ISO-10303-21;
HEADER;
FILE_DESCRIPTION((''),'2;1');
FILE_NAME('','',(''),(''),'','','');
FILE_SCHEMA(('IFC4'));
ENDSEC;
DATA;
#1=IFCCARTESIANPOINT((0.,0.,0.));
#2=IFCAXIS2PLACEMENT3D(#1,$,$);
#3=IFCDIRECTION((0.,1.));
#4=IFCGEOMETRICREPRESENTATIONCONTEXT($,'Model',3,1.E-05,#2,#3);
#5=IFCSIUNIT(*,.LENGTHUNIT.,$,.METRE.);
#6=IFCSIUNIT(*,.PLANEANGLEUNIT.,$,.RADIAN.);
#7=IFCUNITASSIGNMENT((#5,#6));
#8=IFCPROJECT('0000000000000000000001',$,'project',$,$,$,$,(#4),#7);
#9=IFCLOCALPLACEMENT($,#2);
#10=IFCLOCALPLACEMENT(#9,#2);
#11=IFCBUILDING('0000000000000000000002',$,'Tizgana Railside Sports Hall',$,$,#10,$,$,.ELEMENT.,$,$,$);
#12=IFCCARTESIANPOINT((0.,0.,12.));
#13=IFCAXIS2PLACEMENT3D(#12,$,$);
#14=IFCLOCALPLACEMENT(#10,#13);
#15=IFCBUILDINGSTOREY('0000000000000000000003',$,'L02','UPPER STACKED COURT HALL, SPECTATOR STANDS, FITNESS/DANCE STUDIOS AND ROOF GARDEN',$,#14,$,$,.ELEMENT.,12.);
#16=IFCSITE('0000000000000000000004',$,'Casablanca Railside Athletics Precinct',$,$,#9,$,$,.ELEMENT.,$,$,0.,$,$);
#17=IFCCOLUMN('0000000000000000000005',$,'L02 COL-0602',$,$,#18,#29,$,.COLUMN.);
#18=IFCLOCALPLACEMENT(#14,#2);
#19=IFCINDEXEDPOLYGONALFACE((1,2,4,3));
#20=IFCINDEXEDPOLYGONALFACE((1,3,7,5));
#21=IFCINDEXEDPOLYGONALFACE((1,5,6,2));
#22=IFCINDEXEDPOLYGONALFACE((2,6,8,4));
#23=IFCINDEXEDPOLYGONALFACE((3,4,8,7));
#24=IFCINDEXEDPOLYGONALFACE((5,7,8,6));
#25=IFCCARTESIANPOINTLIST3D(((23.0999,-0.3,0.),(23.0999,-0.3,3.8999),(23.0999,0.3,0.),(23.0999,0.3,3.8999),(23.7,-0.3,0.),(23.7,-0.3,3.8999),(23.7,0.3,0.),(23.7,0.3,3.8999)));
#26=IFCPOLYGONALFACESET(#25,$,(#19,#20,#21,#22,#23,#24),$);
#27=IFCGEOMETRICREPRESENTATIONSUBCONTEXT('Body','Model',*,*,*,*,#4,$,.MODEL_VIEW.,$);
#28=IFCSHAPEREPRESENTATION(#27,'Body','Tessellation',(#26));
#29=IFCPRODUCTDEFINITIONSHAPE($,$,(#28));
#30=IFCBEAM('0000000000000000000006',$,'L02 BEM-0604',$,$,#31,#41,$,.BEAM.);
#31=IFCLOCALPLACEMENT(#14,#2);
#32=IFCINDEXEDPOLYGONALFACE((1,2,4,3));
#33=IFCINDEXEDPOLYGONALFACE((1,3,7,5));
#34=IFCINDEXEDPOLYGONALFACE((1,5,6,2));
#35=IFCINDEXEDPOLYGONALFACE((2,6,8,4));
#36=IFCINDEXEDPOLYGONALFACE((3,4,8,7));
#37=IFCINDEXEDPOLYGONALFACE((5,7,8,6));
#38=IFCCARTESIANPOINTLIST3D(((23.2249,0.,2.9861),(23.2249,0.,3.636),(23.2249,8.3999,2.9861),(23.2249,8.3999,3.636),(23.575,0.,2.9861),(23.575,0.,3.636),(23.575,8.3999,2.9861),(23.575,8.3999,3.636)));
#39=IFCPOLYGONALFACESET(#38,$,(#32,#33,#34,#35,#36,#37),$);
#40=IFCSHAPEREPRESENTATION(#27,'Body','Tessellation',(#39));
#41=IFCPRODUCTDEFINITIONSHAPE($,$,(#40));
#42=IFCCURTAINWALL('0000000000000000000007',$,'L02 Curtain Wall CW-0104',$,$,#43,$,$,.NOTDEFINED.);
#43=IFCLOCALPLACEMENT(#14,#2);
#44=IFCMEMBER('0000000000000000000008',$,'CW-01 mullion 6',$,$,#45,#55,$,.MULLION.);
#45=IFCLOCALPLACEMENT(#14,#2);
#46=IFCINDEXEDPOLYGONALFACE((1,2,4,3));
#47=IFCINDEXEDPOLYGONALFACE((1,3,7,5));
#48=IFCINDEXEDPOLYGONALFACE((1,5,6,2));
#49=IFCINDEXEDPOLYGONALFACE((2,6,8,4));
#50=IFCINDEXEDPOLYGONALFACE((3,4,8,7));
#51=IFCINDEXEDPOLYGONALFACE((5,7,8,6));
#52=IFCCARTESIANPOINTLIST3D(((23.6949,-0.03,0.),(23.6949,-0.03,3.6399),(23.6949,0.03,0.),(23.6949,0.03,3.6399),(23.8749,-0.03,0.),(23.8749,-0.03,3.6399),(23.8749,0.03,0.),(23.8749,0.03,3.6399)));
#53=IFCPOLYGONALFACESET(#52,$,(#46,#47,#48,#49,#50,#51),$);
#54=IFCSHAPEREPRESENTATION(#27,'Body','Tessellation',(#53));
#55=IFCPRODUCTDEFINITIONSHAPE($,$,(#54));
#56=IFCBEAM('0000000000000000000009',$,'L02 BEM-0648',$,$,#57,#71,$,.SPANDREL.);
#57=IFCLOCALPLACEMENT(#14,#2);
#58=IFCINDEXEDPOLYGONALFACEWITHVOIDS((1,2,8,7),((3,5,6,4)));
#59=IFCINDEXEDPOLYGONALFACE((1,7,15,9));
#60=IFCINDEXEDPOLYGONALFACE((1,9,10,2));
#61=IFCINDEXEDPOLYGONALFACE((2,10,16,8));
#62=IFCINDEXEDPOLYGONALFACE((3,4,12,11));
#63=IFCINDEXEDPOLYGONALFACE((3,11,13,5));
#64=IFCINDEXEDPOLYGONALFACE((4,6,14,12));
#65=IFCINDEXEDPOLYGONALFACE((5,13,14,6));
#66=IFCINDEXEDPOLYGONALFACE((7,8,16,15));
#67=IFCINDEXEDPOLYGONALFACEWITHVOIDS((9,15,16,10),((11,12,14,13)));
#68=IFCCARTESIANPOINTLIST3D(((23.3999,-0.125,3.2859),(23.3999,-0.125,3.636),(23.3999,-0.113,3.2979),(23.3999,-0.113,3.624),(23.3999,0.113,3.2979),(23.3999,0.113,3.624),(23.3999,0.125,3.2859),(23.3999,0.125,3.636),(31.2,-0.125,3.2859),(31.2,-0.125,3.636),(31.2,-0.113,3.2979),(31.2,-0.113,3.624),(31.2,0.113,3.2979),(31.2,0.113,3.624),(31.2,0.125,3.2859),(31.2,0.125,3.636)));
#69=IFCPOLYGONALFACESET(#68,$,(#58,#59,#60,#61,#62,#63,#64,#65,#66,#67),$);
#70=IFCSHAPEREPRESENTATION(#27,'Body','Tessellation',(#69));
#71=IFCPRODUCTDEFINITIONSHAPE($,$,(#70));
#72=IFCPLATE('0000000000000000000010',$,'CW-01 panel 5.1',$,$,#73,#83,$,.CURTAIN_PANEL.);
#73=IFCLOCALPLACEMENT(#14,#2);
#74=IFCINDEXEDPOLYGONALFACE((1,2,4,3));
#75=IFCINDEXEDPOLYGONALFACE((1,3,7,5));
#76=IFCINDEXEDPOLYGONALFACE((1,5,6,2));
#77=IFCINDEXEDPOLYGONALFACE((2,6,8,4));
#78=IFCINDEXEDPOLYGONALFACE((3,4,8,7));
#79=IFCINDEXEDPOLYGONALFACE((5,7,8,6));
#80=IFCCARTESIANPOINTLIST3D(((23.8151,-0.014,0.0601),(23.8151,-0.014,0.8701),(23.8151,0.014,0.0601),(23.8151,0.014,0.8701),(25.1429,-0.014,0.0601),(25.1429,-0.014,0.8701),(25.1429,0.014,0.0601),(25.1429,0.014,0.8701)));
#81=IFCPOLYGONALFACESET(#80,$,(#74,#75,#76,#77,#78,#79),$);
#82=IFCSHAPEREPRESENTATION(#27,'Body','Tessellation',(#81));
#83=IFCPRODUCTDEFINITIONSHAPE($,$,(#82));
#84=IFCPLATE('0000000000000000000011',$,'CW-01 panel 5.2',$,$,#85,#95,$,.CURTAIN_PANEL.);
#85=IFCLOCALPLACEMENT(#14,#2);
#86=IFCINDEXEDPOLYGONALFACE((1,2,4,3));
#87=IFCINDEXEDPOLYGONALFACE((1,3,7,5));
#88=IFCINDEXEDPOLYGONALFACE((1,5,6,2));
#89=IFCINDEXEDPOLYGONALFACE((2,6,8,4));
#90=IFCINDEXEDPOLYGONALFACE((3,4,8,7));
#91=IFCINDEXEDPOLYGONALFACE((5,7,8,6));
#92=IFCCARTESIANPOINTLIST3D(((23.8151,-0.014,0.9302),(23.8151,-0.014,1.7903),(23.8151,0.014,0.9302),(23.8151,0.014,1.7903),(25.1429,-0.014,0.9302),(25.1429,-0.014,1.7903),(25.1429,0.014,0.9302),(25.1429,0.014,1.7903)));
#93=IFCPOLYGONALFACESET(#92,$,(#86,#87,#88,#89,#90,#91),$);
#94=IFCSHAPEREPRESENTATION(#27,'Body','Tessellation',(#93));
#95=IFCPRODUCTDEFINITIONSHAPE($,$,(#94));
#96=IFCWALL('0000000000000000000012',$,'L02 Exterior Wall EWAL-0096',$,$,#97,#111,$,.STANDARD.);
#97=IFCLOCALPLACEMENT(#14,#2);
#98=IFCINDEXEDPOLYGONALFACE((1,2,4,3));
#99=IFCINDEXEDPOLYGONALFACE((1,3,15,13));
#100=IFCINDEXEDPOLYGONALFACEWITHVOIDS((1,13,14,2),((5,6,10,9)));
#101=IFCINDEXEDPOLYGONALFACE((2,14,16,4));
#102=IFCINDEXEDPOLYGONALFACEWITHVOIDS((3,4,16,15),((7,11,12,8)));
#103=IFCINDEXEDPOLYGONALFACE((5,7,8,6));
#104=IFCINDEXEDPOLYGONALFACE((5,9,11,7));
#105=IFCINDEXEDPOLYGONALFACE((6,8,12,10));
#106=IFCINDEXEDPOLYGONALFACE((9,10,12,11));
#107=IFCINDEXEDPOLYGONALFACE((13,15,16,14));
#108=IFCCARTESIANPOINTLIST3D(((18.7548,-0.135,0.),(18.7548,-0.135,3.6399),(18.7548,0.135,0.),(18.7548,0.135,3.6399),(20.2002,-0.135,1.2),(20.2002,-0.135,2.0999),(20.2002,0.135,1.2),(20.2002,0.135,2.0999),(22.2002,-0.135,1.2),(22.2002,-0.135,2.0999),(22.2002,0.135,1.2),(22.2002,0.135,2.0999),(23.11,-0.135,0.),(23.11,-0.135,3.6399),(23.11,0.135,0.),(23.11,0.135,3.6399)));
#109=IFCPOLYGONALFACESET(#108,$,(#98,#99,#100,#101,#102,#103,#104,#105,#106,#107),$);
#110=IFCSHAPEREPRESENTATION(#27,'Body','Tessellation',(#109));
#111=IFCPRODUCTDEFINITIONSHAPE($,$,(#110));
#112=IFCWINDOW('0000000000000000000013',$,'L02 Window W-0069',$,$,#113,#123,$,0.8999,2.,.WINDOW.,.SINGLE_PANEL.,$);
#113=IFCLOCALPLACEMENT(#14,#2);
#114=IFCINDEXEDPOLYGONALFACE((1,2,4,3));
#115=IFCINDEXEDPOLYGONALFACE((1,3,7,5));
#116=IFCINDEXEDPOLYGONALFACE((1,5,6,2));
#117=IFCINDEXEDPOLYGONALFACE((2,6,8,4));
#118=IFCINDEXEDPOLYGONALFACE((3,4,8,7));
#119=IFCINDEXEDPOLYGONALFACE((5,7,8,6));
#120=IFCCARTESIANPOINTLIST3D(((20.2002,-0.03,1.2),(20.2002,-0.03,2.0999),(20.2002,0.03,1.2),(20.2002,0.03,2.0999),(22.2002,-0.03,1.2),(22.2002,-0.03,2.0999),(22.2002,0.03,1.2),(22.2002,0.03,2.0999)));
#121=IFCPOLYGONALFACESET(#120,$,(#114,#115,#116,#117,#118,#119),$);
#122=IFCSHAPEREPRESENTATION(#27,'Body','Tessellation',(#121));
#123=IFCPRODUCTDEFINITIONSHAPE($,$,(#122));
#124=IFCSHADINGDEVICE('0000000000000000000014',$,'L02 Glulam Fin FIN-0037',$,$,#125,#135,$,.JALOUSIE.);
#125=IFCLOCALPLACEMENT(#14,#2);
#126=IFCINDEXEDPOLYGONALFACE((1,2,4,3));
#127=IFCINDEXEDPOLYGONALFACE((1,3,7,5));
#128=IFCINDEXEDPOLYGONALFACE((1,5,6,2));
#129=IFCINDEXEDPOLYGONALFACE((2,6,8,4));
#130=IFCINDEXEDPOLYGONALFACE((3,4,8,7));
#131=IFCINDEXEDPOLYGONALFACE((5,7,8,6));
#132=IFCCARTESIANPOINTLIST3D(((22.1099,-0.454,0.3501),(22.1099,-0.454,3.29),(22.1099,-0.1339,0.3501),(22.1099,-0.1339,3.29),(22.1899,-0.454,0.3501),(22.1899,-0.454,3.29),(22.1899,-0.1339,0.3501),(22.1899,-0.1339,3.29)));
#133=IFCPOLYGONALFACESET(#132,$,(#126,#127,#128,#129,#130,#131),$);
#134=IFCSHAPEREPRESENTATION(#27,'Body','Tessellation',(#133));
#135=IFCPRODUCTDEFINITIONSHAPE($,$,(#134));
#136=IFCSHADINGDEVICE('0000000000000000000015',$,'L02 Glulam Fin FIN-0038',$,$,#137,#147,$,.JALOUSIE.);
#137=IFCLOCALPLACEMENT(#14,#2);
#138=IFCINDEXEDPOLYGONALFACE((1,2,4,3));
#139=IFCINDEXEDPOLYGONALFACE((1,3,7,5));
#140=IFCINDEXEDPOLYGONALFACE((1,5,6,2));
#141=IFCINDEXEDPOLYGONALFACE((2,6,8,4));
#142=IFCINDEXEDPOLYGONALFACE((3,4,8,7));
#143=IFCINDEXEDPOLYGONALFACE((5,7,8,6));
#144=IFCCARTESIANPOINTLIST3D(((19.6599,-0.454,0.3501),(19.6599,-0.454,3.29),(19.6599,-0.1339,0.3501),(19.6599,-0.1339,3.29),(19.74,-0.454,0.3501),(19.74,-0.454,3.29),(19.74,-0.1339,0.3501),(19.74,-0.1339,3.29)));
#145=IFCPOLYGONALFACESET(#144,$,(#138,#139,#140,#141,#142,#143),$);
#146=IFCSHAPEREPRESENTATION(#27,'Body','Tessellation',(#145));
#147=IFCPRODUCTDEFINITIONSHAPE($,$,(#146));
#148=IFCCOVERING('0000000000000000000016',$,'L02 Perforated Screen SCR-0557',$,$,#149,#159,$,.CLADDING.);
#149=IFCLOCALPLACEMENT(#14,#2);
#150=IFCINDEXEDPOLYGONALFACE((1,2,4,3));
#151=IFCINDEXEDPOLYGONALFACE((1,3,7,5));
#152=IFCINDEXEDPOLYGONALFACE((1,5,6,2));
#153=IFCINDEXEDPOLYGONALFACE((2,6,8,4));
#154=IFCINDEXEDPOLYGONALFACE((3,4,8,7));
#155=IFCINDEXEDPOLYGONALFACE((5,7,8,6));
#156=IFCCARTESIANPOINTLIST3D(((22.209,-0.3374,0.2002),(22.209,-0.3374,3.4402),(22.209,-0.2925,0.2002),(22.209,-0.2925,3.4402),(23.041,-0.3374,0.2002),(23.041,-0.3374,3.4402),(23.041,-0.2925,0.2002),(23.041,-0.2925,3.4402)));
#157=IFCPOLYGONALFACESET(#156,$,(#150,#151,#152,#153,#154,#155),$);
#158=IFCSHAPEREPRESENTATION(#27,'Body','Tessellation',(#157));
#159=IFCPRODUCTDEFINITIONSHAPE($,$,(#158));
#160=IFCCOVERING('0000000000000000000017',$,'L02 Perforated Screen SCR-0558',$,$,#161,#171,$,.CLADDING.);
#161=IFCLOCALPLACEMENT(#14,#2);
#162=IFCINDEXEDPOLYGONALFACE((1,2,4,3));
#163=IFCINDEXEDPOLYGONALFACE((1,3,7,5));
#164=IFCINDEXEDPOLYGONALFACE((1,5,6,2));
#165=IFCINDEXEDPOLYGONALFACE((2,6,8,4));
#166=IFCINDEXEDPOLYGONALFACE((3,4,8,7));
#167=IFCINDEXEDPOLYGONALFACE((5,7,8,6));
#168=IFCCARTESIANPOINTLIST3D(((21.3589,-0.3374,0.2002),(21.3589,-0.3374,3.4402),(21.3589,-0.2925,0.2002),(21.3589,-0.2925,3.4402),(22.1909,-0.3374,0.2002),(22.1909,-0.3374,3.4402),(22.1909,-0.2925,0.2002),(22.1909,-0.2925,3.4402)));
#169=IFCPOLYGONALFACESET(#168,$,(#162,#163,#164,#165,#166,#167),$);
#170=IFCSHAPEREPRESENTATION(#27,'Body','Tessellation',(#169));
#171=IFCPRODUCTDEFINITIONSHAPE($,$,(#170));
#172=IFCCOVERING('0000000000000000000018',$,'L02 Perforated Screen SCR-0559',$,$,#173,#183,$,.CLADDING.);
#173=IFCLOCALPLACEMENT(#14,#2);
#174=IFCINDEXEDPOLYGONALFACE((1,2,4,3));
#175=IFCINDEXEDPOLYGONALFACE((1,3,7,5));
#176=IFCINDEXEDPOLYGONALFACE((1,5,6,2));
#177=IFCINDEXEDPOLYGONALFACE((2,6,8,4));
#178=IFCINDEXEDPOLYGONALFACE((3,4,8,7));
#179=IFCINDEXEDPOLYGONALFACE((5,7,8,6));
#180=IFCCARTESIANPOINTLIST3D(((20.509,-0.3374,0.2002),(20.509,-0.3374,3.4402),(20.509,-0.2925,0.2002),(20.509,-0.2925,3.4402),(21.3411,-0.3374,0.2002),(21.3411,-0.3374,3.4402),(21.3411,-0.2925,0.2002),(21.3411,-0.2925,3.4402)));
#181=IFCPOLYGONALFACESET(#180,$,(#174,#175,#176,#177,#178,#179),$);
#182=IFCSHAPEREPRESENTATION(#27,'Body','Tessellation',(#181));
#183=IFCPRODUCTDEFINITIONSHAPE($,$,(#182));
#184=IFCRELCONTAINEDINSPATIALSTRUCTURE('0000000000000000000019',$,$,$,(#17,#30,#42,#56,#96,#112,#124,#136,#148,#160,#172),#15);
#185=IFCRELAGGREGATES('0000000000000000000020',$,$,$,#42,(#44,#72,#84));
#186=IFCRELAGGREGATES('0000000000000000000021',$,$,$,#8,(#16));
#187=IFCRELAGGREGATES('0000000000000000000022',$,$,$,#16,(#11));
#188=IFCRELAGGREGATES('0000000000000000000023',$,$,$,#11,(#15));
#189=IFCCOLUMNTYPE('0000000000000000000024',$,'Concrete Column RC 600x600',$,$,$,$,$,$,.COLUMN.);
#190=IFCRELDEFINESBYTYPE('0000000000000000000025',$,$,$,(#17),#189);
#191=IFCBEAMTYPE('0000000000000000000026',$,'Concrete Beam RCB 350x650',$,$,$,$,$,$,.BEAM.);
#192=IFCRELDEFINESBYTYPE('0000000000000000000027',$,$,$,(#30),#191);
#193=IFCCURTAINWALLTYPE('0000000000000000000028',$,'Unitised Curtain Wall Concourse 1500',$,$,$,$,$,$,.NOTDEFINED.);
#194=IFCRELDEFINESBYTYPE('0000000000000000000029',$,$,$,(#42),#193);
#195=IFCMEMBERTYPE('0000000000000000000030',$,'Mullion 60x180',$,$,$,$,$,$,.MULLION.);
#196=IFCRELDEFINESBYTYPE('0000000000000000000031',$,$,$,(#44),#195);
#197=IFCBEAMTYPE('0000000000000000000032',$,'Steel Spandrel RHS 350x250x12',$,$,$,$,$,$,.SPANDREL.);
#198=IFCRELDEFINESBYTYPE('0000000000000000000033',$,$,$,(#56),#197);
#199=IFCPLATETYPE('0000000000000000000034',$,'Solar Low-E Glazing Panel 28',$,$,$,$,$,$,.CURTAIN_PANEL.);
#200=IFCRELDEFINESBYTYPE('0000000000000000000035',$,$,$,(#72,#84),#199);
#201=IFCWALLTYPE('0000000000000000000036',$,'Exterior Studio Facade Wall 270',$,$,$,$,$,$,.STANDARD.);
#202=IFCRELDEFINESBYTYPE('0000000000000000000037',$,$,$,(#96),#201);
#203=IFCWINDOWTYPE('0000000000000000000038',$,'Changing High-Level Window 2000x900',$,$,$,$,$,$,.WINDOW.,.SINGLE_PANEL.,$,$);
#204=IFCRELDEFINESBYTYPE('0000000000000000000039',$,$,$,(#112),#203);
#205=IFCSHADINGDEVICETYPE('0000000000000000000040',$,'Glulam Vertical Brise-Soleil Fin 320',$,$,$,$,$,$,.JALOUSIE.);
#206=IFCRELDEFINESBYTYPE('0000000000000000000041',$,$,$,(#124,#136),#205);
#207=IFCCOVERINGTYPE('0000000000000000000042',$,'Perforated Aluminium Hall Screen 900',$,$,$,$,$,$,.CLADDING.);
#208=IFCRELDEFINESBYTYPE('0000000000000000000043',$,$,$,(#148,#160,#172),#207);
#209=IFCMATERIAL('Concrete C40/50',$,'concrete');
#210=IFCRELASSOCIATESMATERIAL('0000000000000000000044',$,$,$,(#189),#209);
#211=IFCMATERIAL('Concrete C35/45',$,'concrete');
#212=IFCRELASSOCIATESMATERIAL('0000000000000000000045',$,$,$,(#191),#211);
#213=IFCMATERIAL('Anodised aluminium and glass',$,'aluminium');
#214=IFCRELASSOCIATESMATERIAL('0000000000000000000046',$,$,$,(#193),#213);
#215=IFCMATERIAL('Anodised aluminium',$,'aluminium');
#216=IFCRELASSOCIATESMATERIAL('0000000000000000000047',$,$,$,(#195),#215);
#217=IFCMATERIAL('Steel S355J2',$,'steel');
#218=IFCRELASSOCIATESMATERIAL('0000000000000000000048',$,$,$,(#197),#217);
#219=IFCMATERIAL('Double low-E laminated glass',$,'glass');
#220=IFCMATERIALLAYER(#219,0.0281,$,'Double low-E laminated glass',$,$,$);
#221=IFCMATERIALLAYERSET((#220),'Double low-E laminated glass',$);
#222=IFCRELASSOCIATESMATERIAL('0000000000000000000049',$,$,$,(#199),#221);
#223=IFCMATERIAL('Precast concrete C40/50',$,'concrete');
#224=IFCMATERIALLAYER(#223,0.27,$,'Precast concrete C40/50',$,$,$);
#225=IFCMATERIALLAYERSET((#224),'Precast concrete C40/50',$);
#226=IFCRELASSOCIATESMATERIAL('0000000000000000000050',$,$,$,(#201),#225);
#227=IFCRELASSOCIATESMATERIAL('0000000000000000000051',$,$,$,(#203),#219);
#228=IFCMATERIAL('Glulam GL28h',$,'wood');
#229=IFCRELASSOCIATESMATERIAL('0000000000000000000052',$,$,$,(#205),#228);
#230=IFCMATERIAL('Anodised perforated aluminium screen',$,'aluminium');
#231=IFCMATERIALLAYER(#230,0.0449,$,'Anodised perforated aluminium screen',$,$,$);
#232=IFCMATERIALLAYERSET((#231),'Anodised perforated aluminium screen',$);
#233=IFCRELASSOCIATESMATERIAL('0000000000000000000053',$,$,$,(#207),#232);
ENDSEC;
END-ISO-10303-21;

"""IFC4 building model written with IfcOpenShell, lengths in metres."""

from ifc_helpers import new_model, si_unit, direction, frame, frame_2d, origin, origin_2d, place, context, subcontext, project, spatial, rectangle, hollow_rectangle, extrude, material, layer, layer_set, material_profile, profile_set, type_object, element, fill, aggregate, save


model = new_model("IFC4")

# Units and contexts
model_context = context("Model", 3, precision=1e-05, world=origin(), true_north=direction((0.0, 1.0)))
body_context = subcontext(model_context, "Body", "Model", "MODEL_VIEW")
ifc_project = project(units=[si_unit("LENGTHUNIT", "METRE"), si_unit("PLANEANGLEUNIT", "RADIAN")], contexts=[model_context])

# Site, building, storey
site_placement = place(None, origin())
site = spatial("IfcSite", under=ifc_project, at=site_placement, Name="Casablanca Railside Athletics Precinct", CompositionType="ELEMENT", RefElevation=0.0)
building_placement = place(site_placement, origin())
building = spatial("IfcBuilding", under=site, at=building_placement, Name="Tizgana Railside Sports Hall", CompositionType="ELEMENT")
storey_placement = place(building_placement, frame((0.0, 0.0, 12.0)))
storey = spatial("IfcBuildingStorey", under=building, at=storey_placement, Name="L02", Description="UPPER STACKED COURT HALL, SPECTATOR STANDS, FITNESS/DANCE STUDIOS AND ROOF GARDEN", CompositionType="ELEMENT", Elevation=12.0)

# Column
ifc_material_1 = material(Name="Concrete C40/50", Category="concrete")
ifc_material_profile_1 = material_profile(ifc_material_1, rectangle(XDim=0.6001, YDim=0.6001, at=origin_2d()), Name="RC 600x600")
ifc_profile_set_1 = profile_set([ifc_material_profile_1], Name="Concrete C40/50")
column_type = type_object("IfcColumnType", Name="Concrete Column RC 600x600", PredefinedType="COLUMN", material=ifc_profile_set_1)
column_placement = place(storey_placement, frame((23.3999, 0.0, 0.0), z_axis=(0.0, 0.0, 1.0), x_axis=(1.0, 0.0, 0.0)))
element("IfcColumn", 1, at=column_placement, inside=storey, type_object=column_type, Name="L02 COL-0602", PredefinedType="COLUMN", context=body_context, shape_type="SweptSolid", body=[
    extrude(rectangle(XDim=0.6001, YDim=0.6001, at=origin_2d()), origin(), (0.0, 0.0, 1.0), 3.8999),
])

# Beam
ifc_material_2 = material(Name="Concrete C35/45", Category="concrete")
ifc_material_profile_2 = material_profile(ifc_material_2, rectangle(XDim=0.3501, YDim=0.6499, at=origin_2d()), Name="RCB 350x650")
ifc_profile_set_2 = profile_set([ifc_material_profile_2], Name="Concrete C35/45")
beam_type_1 = type_object("IfcBeamType", Name="Concrete Beam RCB 350x650", PredefinedType="BEAM", material=ifc_profile_set_2)
beam_1_placement = place(storey_placement, frame((23.3999, 0.0, 3.311), z_axis=(0.0, 1.0, 0.0), x_axis=(-1.0, 0.0, 0.0)))
element("IfcBeam", 2, at=beam_1_placement, inside=storey, type_object=beam_type_1, Name="L02 BEM-0604", PredefinedType="BEAM", context=body_context, shape_type="SweptSolid", body=[
    extrude(rectangle(XDim=0.3501, YDim=0.6499, at=origin_2d()), origin(), (0.0, 0.0, 1.0), 8.3999),
])

# Curtain wall, member
ifc_material_3 = material(Name="Anodised aluminium and glass", Category="aluminium")
curtain_wall_type = type_object("IfcCurtainWallType", Name="Unitised Curtain Wall Concourse 1500", PredefinedType="NOTDEFINED", material=ifc_material_3)
curtain_wall_placement = place(storey_placement, origin())
curtain_wall = element("IfcCurtainWall", 3, at=curtain_wall_placement, inside=storey, type_object=curtain_wall_type, Name="L02 Curtain Wall CW-0104", PredefinedType="NOTDEFINED")
ifc_material_4 = material(Name="Anodised aluminium", Category="aluminium")
ifc_material_profile_3 = material_profile(ifc_material_4, rectangle(XDim=0.0601, YDim=0.1799, at=origin_2d()), Name="Mullion 60x180")
ifc_profile_set_3 = profile_set([ifc_material_profile_3], Name="Anodised aluminium")
member_type = type_object("IfcMemberType", Name="Mullion 60x180", PredefinedType="MULLION", material=ifc_profile_set_3)
member_placement = place(storey_placement, frame((23.7849, 0.0, 0.0), z_axis=(0.0, 0.0, 1.0), x_axis=(0.0, -1.0, 0.0)))
member = element("IfcMember", 4, at=member_placement, type_object=member_type, Name="CW-01 mullion 6", PredefinedType="MULLION", context=body_context, shape_type="SweptSolid", body=[
    extrude(rectangle(XDim=0.0601, YDim=0.1799, at=origin_2d()), origin(), (0.0, 0.0, 1.0), 3.6399),
])

# Beam
ifc_material_5 = material(Name="Steel S355J2", Category="steel")
ifc_material_profile_4 = material_profile(ifc_material_5, hollow_rectangle(XDim=0.25, YDim=0.3501, WallThickness=0.012, at=origin_2d()), Name="RHS 350x250x12")
ifc_profile_set_4 = profile_set([ifc_material_profile_4], Name="Steel S355J2")
beam_type_2 = type_object("IfcBeamType", Name="Steel Spandrel RHS 350x250x12", PredefinedType="SPANDREL", material=ifc_profile_set_4)
beam_2_placement = place(storey_placement, frame((23.3999, 0.0, 3.4609), z_axis=(1.0, 0.0, 0.0), x_axis=(0.0, 1.0, 0.0)))
element("IfcBeam", 5, at=beam_2_placement, inside=storey, type_object=beam_type_2, Name="L02 BEM-0648", PredefinedType="SPANDREL", context=body_context, shape_type="SweptSolid", body=[
    extrude(hollow_rectangle(XDim=0.25, YDim=0.3501, WallThickness=0.012, at=origin_2d()), origin(), (0.0, 0.0, 1.0), 7.8),
])

# Plates
ifc_material_6 = material(Name="Double low-E laminated glass", Category="glass")
ifc_layer_1 = layer(ifc_material_6, 0.0281, Name="Double low-E laminated glass")
ifc_layer_set_1 = layer_set([ifc_layer_1], Name="Double low-E laminated glass")
plate_type = type_object("IfcPlateType", Name="Solar Low-E Glazing Panel 28", PredefinedType="CURTAIN_PANEL", material=ifc_layer_set_1)
plate_1_placement = place(storey_placement, frame((24.479, 0.0, 0.0601), z_axis=(0.0, 0.0, 1.0), x_axis=(-1.0, 0.0, 0.0)))
plate_1 = element("IfcPlate", 6, at=plate_1_placement, type_object=plate_type, Name="CW-01 panel 5.1", PredefinedType="CURTAIN_PANEL", context=body_context, shape_type="SweptSolid", body=[
    extrude(rectangle(XDim=1.3279, YDim=0.0281, at=origin_2d()), origin(), (0.0, 0.0, 1.0), 0.8101),
])
plate_2_placement = place(storey_placement, frame((24.479, 0.0, 0.9302), z_axis=(0.0, 0.0, 1.0), x_axis=(-1.0, 0.0, 0.0)))
plate_2 = element("IfcPlate", 7, at=plate_2_placement, type_object=plate_type, Name="CW-01 panel 5.2", PredefinedType="CURTAIN_PANEL", context=body_context, shape_type="SweptSolid", body=[
    extrude(rectangle(XDim=1.3279, YDim=0.0281, at=origin_2d()), origin(), (0.0, 0.0, 1.0), 0.8601),
])
aggregate(curtain_wall, [member, plate_1, plate_2])

# Wall, opening, window
ifc_material_7 = material(Name="Precast concrete C40/50", Category="concrete")
ifc_layer_2 = layer(ifc_material_7, 0.27, Name="Precast concrete C40/50")
ifc_layer_set_2 = layer_set([ifc_layer_2], Name="Precast concrete C40/50")
wall_type = type_object("IfcWallType", Name="Exterior Studio Facade Wall 270", PredefinedType="STANDARD", material=ifc_layer_set_2)
wall_placement = place(storey_placement, frame((23.1101, 0.0, 0.0), z_axis=(0.0, 0.0, 1.0), x_axis=(-1.0, 0.0, 0.0)))
wall = element("IfcWall", 8, at=wall_placement, inside=storey, type_object=wall_type, Name="L02 Exterior Wall EWAL-0096", PredefinedType="STANDARD", context=body_context, shape_type="SweptSolid", body=[
    extrude(rectangle(XDim=4.3552, YDim=0.27, at=frame_2d((2.1777, 0.0))), origin(), (0.0, 0.0, 1.0), 3.6399),
])
opening_placement = place(wall_placement, frame((0.9099, 0.0, 1.2)))
opening = element("IfcOpeningElement", 9, at=opening_placement, cuts=wall, PredefinedType="OPENING", context=body_context, shape_type="SweptSolid", body=[
    extrude(rectangle(XDim=2.0, YDim=0.8999, at=frame_2d((1.0, 0.45))), frame((0.0, 0.145, 0.0), z_axis=(0.0, -1.0, 0.0), x_axis=(1.0, 0.0, 0.0)), (0.0, 0.0, 1.0), 0.29),
])
window_type = type_object("IfcWindowType", Name="Changing High-Level Window 2000x900", PartitioningType="SINGLE_PANEL", PredefinedType="WINDOW", material=ifc_material_6)
window_placement = place(opening_placement, origin())
window = element("IfcWindow", 10, at=window_placement, inside=storey, type_object=window_type, Name="L02 Window W-0069", OverallHeight=0.8999, OverallWidth=2.0, PartitioningType="SINGLE_PANEL", PredefinedType="WINDOW", context=body_context, shape_type="SweptSolid", body=[
    extrude(rectangle(XDim=2.0, YDim=0.8999, at=frame_2d((1.0, 0.45))), frame((0.0, 0.03, 0.0), z_axis=(0.0, -1.0, 0.0), x_axis=(1.0, 0.0, 0.0)), (0.0, 0.0, 1.0), 0.0601),
])
fill(opening, window)

# Shading devices
ifc_material_8 = material(Name="Glulam GL28h", Category="wood")
shading_device_type = type_object("IfcShadingDeviceType", Name="Glulam Vertical Brise-Soleil Fin 320", PredefinedType="JALOUSIE", material=ifc_material_8)
for number, where, z_axis, x_axis, name in (
    (11, (22.1499, -0.2939, 0.3501), (0.0, 0.0, 1.0), (-1.0, 0.0, 0.0), "L02 Glulam Fin FIN-0037"),
    (12, (19.7, -0.2939, 0.3501), (0.0, 0.0, 1.0), (-1.0, 0.0, 0.0), "L02 Glulam Fin FIN-0038"),
):
    element("IfcShadingDevice", number, at=place(storey_placement, frame(where, z_axis=z_axis, x_axis=x_axis)), inside=storey, type_object=shading_device_type, Name=name, PredefinedType="JALOUSIE", context=body_context, shape_type="SweptSolid", body=[
        extrude(rectangle(XDim=0.0801, YDim=0.3201, at=origin_2d()), origin(), (0.0, 0.0, 1.0), 2.9399),
    ])

# Coverings
ifc_material_9 = material(Name="Anodised perforated aluminium screen", Category="aluminium")
ifc_layer_3 = layer(ifc_material_9, 0.0449, Name="Anodised perforated aluminium screen")
ifc_layer_set_3 = layer_set([ifc_layer_3], Name="Anodised perforated aluminium screen")
covering_type = type_object("IfcCoveringType", Name="Perforated Aluminium Hall Screen 900", PredefinedType="CLADDING", material=ifc_layer_set_3)
for number, where, z_axis, x_axis, name in (
    (13, (22.625, -0.3149, 0.2002), (0.0, 0.0, 1.0), (-1.0, 0.0, 0.0), "L02 Perforated Screen SCR-0557"),
    (14, (21.7749, -0.3149, 0.2002), (0.0, 0.0, 1.0), (-1.0, 0.0, 0.0), "L02 Perforated Screen SCR-0558"),
    (15, (20.925, -0.3149, 0.2002), (0.0, 0.0, 1.0), (-1.0, 0.0, 0.0), "L02 Perforated Screen SCR-0559"),
):
    element("IfcCovering", number, at=place(storey_placement, frame(where, z_axis=z_axis, x_axis=x_axis)), inside=storey, type_object=covering_type, Name=name, PredefinedType="CLADDING", context=body_context, shape_type="SweptSolid", body=[
        extrude(rectangle(XDim=0.832, YDim=0.0449, at=origin_2d()), origin(), (0.0, 0.0, 1.0), 3.24),
    ])

save(model, "model.ifc")
